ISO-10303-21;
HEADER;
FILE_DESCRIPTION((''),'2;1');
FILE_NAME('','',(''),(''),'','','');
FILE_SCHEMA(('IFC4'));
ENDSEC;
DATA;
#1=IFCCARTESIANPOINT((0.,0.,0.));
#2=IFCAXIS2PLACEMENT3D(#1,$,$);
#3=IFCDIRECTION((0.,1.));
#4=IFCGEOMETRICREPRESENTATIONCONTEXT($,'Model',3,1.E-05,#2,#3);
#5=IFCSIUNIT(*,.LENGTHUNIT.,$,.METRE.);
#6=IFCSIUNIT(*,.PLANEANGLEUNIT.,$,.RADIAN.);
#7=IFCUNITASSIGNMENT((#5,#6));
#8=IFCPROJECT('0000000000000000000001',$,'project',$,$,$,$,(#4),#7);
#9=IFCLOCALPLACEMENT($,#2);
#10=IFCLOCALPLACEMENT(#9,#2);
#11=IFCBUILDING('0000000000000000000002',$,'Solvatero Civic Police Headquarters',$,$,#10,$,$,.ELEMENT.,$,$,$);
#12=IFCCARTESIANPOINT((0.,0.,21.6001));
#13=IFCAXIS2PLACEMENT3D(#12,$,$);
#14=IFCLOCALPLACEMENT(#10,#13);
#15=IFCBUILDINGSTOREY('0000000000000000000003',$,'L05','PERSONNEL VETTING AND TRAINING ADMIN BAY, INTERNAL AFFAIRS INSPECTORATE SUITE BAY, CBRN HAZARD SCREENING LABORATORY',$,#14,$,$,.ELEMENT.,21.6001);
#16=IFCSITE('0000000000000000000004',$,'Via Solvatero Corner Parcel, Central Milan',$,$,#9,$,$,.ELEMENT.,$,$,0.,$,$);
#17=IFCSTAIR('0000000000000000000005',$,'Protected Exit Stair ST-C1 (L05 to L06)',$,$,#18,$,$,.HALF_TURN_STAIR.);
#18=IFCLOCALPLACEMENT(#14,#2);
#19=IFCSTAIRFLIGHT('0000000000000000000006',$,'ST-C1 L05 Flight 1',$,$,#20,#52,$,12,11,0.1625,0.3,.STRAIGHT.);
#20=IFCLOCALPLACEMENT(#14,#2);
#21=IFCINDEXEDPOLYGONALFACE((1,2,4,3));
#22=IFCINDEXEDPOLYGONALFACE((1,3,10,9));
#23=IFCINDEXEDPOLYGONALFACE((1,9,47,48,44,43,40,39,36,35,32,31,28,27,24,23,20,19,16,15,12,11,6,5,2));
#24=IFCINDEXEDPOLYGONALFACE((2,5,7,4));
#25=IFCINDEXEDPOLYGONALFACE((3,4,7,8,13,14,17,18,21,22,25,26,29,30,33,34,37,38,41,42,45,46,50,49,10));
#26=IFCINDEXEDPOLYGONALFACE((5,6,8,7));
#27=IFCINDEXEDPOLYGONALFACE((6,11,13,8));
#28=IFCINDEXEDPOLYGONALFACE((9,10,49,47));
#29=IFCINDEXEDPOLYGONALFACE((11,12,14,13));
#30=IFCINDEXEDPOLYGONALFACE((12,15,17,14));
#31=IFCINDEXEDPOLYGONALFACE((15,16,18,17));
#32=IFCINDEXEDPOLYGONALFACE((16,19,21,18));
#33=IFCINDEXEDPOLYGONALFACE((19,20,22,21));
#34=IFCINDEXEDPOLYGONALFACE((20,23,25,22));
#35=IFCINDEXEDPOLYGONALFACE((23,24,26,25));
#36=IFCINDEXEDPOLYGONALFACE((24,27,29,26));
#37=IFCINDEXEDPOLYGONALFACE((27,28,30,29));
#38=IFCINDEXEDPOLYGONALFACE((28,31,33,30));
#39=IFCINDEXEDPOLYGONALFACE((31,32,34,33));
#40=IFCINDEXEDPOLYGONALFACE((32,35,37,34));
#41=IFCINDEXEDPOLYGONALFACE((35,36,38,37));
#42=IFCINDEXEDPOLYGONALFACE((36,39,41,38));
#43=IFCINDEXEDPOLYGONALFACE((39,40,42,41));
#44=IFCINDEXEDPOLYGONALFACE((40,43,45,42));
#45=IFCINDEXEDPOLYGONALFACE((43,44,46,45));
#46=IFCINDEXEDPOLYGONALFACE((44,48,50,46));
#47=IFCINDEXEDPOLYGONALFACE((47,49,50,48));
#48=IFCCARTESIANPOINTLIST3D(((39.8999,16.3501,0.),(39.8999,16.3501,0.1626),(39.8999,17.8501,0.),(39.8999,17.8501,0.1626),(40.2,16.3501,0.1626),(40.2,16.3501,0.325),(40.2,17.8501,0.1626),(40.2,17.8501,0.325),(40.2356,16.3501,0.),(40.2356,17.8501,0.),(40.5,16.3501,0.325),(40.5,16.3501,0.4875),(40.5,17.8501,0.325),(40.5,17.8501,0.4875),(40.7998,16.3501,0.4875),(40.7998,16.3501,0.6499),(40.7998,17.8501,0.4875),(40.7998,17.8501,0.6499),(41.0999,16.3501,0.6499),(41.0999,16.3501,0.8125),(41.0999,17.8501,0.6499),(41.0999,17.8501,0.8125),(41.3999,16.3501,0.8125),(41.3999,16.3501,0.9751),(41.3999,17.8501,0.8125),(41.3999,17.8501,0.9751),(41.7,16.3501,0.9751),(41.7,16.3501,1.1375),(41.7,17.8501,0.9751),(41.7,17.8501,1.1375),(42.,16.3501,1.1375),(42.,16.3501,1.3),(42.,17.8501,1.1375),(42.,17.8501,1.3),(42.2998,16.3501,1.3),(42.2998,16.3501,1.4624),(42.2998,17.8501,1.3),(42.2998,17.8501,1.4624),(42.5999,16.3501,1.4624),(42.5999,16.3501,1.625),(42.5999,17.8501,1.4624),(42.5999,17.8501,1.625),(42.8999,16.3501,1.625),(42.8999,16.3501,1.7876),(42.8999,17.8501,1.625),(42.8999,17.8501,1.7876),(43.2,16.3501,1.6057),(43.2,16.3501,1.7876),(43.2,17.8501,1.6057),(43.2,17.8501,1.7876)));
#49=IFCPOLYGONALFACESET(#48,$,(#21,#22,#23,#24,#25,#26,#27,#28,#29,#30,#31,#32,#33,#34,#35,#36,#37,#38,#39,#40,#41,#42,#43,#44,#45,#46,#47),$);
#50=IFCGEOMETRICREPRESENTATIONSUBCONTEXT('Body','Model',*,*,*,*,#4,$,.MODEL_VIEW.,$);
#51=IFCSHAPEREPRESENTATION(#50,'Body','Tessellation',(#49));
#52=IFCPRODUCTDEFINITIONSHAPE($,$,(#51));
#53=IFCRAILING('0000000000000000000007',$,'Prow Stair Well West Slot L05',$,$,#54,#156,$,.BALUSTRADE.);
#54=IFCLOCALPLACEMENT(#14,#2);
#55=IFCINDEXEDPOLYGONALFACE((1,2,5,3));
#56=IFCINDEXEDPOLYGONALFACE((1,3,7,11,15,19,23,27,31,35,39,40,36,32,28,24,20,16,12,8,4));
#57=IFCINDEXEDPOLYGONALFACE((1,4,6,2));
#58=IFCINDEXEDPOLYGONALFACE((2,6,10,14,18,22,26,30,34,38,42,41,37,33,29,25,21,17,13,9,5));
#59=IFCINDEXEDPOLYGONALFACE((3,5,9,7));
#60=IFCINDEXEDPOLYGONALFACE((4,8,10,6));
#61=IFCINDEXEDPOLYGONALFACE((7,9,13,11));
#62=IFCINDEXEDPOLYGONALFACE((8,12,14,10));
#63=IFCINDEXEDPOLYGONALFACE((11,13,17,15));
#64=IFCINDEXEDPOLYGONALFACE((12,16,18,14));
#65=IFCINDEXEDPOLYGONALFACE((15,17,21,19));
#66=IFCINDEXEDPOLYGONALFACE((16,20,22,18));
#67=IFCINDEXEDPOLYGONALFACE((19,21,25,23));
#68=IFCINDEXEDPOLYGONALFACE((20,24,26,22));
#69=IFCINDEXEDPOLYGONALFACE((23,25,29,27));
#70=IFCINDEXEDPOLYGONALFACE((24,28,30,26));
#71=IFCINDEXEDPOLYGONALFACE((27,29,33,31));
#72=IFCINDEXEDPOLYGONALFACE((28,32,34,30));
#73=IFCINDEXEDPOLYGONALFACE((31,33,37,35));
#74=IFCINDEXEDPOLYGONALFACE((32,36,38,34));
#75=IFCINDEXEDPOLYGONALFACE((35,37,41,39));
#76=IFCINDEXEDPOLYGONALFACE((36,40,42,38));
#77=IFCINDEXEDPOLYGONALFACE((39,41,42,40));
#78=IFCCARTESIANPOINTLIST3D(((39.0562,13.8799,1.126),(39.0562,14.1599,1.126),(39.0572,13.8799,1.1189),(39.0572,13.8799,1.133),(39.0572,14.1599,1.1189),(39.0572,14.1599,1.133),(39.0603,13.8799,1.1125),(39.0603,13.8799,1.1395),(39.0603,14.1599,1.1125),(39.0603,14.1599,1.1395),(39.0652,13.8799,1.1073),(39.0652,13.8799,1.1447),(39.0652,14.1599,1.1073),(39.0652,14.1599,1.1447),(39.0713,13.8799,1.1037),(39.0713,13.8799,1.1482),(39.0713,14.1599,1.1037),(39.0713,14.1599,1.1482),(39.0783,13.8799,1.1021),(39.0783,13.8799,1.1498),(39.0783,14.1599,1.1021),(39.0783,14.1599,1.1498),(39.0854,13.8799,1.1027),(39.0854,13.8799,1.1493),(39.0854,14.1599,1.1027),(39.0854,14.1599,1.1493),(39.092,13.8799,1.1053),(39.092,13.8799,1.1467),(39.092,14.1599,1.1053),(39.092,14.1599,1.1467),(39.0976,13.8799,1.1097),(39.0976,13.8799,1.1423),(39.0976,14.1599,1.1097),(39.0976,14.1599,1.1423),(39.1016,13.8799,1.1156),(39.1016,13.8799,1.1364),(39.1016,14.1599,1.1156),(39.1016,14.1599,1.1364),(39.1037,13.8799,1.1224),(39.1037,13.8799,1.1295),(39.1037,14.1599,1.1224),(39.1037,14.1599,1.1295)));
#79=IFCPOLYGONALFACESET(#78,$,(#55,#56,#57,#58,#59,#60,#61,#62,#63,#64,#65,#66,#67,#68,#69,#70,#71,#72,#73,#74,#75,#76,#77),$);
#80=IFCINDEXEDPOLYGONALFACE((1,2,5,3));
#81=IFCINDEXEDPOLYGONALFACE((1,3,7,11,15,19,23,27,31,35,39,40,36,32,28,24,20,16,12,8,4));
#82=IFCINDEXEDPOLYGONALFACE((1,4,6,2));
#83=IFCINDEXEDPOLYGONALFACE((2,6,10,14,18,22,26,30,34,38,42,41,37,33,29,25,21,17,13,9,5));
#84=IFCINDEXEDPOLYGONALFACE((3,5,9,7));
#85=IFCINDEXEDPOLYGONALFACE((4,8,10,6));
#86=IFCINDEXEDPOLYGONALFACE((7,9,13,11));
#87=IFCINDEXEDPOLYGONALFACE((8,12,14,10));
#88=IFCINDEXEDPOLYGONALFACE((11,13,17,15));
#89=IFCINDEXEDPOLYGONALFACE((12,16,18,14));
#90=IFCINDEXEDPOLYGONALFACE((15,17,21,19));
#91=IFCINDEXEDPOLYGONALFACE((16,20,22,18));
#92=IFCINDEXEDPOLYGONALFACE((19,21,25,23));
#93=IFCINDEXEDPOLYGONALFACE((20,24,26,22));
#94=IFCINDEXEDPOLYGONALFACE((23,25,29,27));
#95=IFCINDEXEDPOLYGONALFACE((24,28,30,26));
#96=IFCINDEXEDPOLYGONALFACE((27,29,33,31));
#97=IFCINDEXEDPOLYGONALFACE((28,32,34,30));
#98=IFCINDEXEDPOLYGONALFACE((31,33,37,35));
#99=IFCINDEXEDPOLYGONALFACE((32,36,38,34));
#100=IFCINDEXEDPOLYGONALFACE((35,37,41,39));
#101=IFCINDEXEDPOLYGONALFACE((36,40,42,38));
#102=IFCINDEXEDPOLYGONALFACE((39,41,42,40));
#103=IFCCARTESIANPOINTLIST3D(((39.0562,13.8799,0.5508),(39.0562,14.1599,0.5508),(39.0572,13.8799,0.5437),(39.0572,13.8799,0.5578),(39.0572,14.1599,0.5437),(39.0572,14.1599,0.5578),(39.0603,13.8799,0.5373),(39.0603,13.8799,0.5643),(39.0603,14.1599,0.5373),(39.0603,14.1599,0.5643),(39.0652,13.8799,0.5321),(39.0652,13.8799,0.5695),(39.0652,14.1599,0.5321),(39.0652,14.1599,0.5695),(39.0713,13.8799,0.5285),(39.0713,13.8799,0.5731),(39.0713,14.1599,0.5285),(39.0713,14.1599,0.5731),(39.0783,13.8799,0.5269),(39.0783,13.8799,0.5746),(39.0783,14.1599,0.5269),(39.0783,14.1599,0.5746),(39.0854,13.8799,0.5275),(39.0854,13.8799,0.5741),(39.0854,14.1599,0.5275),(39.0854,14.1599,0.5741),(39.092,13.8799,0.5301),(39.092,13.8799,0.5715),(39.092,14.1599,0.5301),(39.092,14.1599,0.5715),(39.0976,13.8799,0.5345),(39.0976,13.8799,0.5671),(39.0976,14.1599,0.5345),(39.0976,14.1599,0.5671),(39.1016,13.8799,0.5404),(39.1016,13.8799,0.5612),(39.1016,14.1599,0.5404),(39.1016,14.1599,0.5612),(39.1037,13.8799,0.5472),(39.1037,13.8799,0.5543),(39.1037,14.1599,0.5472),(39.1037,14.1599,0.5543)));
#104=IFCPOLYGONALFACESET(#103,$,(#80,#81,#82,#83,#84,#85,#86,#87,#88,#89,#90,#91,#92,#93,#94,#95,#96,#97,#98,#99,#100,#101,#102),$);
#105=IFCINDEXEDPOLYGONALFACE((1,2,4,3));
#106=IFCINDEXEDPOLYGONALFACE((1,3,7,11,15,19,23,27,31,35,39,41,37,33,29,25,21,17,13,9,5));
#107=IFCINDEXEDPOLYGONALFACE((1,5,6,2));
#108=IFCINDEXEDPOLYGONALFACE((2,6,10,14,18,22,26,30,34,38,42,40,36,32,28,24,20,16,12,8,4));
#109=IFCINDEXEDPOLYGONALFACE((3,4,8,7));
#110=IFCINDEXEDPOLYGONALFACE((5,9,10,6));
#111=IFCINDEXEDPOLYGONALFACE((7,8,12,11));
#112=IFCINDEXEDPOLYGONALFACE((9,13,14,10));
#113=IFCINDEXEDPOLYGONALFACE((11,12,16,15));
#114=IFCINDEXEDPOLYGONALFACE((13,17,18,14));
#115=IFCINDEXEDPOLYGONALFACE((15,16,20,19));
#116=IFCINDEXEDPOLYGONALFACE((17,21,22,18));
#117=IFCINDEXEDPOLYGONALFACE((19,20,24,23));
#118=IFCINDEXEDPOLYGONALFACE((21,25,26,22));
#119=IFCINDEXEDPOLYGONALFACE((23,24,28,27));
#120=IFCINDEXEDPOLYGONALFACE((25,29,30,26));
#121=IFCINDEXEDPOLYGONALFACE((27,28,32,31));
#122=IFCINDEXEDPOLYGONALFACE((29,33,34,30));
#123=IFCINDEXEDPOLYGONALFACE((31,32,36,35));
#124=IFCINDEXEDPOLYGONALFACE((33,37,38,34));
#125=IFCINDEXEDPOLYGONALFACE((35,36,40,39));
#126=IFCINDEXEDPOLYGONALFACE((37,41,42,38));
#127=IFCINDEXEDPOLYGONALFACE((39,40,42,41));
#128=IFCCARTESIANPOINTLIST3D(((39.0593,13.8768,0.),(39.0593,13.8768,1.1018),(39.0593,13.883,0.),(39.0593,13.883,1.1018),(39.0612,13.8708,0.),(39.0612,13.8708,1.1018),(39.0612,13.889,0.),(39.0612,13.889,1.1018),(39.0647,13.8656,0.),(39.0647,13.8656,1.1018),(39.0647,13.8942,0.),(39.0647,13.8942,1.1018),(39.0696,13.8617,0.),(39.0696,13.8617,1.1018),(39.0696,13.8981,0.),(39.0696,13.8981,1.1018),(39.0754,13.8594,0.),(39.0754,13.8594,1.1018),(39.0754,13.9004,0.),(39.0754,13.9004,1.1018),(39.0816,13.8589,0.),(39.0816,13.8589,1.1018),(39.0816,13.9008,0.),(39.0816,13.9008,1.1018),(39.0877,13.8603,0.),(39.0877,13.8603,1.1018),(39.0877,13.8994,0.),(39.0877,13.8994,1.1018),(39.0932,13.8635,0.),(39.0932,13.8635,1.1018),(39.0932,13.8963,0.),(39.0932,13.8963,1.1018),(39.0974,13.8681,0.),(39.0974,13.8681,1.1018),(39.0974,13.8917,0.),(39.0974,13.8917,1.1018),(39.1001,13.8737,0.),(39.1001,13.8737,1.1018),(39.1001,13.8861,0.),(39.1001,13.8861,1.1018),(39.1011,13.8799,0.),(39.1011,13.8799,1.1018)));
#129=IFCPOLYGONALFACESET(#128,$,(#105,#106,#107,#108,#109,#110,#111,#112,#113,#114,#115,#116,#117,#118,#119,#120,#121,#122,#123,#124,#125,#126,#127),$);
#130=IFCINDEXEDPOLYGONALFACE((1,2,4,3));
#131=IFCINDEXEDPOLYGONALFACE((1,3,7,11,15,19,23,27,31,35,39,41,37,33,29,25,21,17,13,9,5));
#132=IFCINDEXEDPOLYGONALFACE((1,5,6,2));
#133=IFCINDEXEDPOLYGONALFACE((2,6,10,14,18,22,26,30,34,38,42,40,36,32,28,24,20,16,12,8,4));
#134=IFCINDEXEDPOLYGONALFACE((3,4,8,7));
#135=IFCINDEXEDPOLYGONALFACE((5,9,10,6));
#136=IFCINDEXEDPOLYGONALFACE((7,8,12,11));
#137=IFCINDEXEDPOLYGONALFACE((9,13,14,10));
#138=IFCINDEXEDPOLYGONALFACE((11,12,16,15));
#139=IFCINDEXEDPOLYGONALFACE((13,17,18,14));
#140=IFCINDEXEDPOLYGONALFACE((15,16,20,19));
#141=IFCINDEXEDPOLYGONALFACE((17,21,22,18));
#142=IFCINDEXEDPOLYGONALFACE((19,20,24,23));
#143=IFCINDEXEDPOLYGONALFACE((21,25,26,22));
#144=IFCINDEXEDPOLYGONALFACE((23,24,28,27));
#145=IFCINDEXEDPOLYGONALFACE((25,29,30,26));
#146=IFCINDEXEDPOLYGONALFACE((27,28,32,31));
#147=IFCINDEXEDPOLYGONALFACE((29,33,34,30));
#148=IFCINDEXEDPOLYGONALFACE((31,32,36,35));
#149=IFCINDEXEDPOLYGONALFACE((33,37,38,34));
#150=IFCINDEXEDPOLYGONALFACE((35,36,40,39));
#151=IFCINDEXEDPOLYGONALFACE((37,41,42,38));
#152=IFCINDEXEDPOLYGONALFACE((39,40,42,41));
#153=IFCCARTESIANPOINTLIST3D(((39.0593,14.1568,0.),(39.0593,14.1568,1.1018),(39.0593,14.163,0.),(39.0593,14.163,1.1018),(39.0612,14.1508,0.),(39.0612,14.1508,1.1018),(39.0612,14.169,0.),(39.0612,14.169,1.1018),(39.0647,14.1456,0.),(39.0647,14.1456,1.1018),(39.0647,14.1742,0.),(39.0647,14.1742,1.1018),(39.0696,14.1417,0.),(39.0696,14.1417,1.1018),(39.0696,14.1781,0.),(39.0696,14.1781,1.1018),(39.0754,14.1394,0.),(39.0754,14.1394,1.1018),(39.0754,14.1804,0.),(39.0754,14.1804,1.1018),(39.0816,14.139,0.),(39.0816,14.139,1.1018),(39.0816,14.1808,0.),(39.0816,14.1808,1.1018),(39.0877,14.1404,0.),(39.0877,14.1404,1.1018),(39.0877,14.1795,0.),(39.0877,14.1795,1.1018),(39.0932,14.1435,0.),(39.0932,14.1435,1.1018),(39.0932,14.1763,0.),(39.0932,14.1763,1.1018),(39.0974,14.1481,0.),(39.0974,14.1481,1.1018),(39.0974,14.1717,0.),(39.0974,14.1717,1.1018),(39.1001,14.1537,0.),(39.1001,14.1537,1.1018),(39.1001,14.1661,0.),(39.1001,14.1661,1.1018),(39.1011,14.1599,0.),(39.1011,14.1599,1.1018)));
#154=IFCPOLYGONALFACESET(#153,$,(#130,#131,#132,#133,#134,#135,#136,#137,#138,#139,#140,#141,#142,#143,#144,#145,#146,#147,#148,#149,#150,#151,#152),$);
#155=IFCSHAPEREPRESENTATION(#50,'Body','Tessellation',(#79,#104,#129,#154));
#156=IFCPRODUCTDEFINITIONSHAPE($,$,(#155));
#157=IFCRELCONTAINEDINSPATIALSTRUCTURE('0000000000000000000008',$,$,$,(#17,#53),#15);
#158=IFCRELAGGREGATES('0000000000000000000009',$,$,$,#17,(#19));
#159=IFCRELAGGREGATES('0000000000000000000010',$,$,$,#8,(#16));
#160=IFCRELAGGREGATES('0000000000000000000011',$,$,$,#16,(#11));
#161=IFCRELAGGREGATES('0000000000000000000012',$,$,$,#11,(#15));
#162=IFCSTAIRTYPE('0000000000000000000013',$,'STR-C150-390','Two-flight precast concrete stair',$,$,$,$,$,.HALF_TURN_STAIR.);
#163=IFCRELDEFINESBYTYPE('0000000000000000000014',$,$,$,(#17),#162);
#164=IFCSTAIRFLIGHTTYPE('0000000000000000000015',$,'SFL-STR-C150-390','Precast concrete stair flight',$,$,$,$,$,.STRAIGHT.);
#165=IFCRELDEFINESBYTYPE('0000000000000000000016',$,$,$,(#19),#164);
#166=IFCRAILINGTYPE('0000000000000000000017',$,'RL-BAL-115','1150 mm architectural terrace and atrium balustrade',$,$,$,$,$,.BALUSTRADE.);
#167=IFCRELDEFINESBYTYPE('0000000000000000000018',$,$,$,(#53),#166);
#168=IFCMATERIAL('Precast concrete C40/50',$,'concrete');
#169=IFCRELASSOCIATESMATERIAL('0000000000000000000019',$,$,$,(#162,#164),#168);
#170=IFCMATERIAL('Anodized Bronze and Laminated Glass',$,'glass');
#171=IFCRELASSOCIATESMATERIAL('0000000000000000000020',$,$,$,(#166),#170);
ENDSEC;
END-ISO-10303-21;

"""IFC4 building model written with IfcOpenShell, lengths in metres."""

from ifc_helpers import new_model, si_unit, direction, frame, origin, origin_2d, place, context, subcontext, project, spatial, polyline, circle, outline, extrude, material, type_object, element, aggregate, save


model = new_model("IFC4")

# Units and contexts
model_context = context("Model", 3, precision=1e-05, world=origin(), true_north=direction((0.0, 1.0)))
body_context = subcontext(model_context, "Body", "Model", "MODEL_VIEW")
ifc_project = project(units=[si_unit("LENGTHUNIT", "METRE"), si_unit("PLANEANGLEUNIT", "RADIAN")], contexts=[model_context])

# Site, building, storey
site_placement = place(None, origin())
site = spatial("IfcSite", under=ifc_project, at=site_placement, Name="Via Solvatero Corner Parcel, Central Milan", CompositionType="ELEMENT", RefElevation=0.0)
building_placement = place(site_placement, origin())
building = spatial("IfcBuilding", under=site, at=building_placement, Name="Solvatero Civic Police Headquarters", CompositionType="ELEMENT")
storey_placement = place(building_placement, frame((0.0, 0.0, 21.6001)))
storey = spatial("IfcBuildingStorey", under=building, at=storey_placement, Name="L05", Description="PERSONNEL VETTING AND TRAINING ADMIN BAY, INTERNAL AFFAIRS INSPECTORATE SUITE BAY, CBRN HAZARD SCREENING LABORATORY", CompositionType="ELEMENT", Elevation=21.6001)

# Stair, stair flight
ifc_material_1 = material(Name="Precast concrete C40/50", Category="concrete")
stair_type = type_object("IfcStairType", Name="STR-C150-390", Description="Two-flight precast concrete stair", PredefinedType="HALF_TURN_STAIR", material=ifc_material_1)
stair_placement = place(storey_placement, origin())
stair = element("IfcStair", 1, at=stair_placement, inside=storey, type_object=stair_type, Name="Protected Exit Stair ST-C1 (L05 to L06)", PredefinedType="HALF_TURN_STAIR")
stair_flight_type = type_object("IfcStairFlightType", Name="SFL-STR-C150-390", Description="Precast concrete stair flight", PredefinedType="STRAIGHT", material=ifc_material_1)
stair_flight_placement = place(storey_placement, frame((39.8999, 17.1001, 0.0), z_axis=(0.0, 0.0, 1.0), x_axis=(1.0, 0.0, 0.0)))
stair_flight = element("IfcStairFlight", 2, at=stair_flight_placement, type_object=stair_flight_type, Name="ST-C1 L05 Flight 1", NumberOfRisers=12, NumberOfTreads=11, PredefinedType="STRAIGHT", RiserHeight=0.1625, TreadLength=0.3, context=body_context, shape_type="SweptSolid", body=[
    extrude(outline(polyline([(0.0, 0.0), (0.0, 0.1626), (0.3, 0.1626), (0.3, 0.325), (0.6001, 0.325), (0.6001, 0.4875), (0.8999, 0.4875), (0.8999, 0.6499), (1.2, 0.6499), (1.2, 0.8125), (1.5, 0.8125), (1.5, 0.9751), (1.8, 0.9751), (1.8, 1.1375), (2.1001, 1.1375), (2.1001, 1.3), (2.3999, 1.3), (2.3999, 1.4624), (2.7, 1.4624), (2.7, 1.625), (3.0, 1.625), (3.0, 1.7876), (3.3, 1.7876), (3.3, 1.95), (3.3, 1.6057), (0.3357, 0.0), (0.0, 0.0)])), frame((0.0, 0.75, 0.0), z_axis=(0.0, -1.0, 0.0), x_axis=(1.0, 0.0, 0.0)), (0.0, 0.0, 1.0), 1.5),
])
aggregate(stair, [stair_flight])

# Railing
ifc_material_2 = material(Name="Anodized Bronze and Laminated Glass", Category="glass")
railing_type_1 = type_object("IfcRailingType", Name="RL-BAL-115", Description="1150 mm architectural terrace and atrium balustrade", PredefinedType="BALUSTRADE", material=ifc_material_2)
railing_1_placement = place(storey_placement, frame((39.0801, 13.8799, 0.0)))
element("IfcRailing", 3, at=railing_1_placement, inside=storey, type_object=railing_type_1, Name="Prow Stair Well West Slot L05", PredefinedType="BALUSTRADE", context=body_context, shape_type="SweptSolid", body=[
    extrude(circle(Radius=0.0239, at=origin_2d()), frame((0.0, 0.0, 1.126), z_axis=(0.0, 1.0, 0.0), x_axis=(-1.0, 0.0, 0.0)), (0.0, 0.0, 1.0), 0.28),
    extrude(circle(Radius=0.0239, at=origin_2d()), frame((0.0, 0.0, 0.5508), z_axis=(0.0, 1.0, 0.0), x_axis=(-1.0, 0.0, 0.0)), (0.0, 0.0, 1.0), 0.28),
    extrude(circle(Radius=0.021, at=origin_2d()), origin(), (0.0, 0.0, 1.0), 1.1018),
    extrude(circle(Radius=0.021, at=origin_2d()), frame((0.0, 0.28, 0.0)), (0.0, 0.0, 1.0), 1.1018),
])

save(model, "model.ifc")
